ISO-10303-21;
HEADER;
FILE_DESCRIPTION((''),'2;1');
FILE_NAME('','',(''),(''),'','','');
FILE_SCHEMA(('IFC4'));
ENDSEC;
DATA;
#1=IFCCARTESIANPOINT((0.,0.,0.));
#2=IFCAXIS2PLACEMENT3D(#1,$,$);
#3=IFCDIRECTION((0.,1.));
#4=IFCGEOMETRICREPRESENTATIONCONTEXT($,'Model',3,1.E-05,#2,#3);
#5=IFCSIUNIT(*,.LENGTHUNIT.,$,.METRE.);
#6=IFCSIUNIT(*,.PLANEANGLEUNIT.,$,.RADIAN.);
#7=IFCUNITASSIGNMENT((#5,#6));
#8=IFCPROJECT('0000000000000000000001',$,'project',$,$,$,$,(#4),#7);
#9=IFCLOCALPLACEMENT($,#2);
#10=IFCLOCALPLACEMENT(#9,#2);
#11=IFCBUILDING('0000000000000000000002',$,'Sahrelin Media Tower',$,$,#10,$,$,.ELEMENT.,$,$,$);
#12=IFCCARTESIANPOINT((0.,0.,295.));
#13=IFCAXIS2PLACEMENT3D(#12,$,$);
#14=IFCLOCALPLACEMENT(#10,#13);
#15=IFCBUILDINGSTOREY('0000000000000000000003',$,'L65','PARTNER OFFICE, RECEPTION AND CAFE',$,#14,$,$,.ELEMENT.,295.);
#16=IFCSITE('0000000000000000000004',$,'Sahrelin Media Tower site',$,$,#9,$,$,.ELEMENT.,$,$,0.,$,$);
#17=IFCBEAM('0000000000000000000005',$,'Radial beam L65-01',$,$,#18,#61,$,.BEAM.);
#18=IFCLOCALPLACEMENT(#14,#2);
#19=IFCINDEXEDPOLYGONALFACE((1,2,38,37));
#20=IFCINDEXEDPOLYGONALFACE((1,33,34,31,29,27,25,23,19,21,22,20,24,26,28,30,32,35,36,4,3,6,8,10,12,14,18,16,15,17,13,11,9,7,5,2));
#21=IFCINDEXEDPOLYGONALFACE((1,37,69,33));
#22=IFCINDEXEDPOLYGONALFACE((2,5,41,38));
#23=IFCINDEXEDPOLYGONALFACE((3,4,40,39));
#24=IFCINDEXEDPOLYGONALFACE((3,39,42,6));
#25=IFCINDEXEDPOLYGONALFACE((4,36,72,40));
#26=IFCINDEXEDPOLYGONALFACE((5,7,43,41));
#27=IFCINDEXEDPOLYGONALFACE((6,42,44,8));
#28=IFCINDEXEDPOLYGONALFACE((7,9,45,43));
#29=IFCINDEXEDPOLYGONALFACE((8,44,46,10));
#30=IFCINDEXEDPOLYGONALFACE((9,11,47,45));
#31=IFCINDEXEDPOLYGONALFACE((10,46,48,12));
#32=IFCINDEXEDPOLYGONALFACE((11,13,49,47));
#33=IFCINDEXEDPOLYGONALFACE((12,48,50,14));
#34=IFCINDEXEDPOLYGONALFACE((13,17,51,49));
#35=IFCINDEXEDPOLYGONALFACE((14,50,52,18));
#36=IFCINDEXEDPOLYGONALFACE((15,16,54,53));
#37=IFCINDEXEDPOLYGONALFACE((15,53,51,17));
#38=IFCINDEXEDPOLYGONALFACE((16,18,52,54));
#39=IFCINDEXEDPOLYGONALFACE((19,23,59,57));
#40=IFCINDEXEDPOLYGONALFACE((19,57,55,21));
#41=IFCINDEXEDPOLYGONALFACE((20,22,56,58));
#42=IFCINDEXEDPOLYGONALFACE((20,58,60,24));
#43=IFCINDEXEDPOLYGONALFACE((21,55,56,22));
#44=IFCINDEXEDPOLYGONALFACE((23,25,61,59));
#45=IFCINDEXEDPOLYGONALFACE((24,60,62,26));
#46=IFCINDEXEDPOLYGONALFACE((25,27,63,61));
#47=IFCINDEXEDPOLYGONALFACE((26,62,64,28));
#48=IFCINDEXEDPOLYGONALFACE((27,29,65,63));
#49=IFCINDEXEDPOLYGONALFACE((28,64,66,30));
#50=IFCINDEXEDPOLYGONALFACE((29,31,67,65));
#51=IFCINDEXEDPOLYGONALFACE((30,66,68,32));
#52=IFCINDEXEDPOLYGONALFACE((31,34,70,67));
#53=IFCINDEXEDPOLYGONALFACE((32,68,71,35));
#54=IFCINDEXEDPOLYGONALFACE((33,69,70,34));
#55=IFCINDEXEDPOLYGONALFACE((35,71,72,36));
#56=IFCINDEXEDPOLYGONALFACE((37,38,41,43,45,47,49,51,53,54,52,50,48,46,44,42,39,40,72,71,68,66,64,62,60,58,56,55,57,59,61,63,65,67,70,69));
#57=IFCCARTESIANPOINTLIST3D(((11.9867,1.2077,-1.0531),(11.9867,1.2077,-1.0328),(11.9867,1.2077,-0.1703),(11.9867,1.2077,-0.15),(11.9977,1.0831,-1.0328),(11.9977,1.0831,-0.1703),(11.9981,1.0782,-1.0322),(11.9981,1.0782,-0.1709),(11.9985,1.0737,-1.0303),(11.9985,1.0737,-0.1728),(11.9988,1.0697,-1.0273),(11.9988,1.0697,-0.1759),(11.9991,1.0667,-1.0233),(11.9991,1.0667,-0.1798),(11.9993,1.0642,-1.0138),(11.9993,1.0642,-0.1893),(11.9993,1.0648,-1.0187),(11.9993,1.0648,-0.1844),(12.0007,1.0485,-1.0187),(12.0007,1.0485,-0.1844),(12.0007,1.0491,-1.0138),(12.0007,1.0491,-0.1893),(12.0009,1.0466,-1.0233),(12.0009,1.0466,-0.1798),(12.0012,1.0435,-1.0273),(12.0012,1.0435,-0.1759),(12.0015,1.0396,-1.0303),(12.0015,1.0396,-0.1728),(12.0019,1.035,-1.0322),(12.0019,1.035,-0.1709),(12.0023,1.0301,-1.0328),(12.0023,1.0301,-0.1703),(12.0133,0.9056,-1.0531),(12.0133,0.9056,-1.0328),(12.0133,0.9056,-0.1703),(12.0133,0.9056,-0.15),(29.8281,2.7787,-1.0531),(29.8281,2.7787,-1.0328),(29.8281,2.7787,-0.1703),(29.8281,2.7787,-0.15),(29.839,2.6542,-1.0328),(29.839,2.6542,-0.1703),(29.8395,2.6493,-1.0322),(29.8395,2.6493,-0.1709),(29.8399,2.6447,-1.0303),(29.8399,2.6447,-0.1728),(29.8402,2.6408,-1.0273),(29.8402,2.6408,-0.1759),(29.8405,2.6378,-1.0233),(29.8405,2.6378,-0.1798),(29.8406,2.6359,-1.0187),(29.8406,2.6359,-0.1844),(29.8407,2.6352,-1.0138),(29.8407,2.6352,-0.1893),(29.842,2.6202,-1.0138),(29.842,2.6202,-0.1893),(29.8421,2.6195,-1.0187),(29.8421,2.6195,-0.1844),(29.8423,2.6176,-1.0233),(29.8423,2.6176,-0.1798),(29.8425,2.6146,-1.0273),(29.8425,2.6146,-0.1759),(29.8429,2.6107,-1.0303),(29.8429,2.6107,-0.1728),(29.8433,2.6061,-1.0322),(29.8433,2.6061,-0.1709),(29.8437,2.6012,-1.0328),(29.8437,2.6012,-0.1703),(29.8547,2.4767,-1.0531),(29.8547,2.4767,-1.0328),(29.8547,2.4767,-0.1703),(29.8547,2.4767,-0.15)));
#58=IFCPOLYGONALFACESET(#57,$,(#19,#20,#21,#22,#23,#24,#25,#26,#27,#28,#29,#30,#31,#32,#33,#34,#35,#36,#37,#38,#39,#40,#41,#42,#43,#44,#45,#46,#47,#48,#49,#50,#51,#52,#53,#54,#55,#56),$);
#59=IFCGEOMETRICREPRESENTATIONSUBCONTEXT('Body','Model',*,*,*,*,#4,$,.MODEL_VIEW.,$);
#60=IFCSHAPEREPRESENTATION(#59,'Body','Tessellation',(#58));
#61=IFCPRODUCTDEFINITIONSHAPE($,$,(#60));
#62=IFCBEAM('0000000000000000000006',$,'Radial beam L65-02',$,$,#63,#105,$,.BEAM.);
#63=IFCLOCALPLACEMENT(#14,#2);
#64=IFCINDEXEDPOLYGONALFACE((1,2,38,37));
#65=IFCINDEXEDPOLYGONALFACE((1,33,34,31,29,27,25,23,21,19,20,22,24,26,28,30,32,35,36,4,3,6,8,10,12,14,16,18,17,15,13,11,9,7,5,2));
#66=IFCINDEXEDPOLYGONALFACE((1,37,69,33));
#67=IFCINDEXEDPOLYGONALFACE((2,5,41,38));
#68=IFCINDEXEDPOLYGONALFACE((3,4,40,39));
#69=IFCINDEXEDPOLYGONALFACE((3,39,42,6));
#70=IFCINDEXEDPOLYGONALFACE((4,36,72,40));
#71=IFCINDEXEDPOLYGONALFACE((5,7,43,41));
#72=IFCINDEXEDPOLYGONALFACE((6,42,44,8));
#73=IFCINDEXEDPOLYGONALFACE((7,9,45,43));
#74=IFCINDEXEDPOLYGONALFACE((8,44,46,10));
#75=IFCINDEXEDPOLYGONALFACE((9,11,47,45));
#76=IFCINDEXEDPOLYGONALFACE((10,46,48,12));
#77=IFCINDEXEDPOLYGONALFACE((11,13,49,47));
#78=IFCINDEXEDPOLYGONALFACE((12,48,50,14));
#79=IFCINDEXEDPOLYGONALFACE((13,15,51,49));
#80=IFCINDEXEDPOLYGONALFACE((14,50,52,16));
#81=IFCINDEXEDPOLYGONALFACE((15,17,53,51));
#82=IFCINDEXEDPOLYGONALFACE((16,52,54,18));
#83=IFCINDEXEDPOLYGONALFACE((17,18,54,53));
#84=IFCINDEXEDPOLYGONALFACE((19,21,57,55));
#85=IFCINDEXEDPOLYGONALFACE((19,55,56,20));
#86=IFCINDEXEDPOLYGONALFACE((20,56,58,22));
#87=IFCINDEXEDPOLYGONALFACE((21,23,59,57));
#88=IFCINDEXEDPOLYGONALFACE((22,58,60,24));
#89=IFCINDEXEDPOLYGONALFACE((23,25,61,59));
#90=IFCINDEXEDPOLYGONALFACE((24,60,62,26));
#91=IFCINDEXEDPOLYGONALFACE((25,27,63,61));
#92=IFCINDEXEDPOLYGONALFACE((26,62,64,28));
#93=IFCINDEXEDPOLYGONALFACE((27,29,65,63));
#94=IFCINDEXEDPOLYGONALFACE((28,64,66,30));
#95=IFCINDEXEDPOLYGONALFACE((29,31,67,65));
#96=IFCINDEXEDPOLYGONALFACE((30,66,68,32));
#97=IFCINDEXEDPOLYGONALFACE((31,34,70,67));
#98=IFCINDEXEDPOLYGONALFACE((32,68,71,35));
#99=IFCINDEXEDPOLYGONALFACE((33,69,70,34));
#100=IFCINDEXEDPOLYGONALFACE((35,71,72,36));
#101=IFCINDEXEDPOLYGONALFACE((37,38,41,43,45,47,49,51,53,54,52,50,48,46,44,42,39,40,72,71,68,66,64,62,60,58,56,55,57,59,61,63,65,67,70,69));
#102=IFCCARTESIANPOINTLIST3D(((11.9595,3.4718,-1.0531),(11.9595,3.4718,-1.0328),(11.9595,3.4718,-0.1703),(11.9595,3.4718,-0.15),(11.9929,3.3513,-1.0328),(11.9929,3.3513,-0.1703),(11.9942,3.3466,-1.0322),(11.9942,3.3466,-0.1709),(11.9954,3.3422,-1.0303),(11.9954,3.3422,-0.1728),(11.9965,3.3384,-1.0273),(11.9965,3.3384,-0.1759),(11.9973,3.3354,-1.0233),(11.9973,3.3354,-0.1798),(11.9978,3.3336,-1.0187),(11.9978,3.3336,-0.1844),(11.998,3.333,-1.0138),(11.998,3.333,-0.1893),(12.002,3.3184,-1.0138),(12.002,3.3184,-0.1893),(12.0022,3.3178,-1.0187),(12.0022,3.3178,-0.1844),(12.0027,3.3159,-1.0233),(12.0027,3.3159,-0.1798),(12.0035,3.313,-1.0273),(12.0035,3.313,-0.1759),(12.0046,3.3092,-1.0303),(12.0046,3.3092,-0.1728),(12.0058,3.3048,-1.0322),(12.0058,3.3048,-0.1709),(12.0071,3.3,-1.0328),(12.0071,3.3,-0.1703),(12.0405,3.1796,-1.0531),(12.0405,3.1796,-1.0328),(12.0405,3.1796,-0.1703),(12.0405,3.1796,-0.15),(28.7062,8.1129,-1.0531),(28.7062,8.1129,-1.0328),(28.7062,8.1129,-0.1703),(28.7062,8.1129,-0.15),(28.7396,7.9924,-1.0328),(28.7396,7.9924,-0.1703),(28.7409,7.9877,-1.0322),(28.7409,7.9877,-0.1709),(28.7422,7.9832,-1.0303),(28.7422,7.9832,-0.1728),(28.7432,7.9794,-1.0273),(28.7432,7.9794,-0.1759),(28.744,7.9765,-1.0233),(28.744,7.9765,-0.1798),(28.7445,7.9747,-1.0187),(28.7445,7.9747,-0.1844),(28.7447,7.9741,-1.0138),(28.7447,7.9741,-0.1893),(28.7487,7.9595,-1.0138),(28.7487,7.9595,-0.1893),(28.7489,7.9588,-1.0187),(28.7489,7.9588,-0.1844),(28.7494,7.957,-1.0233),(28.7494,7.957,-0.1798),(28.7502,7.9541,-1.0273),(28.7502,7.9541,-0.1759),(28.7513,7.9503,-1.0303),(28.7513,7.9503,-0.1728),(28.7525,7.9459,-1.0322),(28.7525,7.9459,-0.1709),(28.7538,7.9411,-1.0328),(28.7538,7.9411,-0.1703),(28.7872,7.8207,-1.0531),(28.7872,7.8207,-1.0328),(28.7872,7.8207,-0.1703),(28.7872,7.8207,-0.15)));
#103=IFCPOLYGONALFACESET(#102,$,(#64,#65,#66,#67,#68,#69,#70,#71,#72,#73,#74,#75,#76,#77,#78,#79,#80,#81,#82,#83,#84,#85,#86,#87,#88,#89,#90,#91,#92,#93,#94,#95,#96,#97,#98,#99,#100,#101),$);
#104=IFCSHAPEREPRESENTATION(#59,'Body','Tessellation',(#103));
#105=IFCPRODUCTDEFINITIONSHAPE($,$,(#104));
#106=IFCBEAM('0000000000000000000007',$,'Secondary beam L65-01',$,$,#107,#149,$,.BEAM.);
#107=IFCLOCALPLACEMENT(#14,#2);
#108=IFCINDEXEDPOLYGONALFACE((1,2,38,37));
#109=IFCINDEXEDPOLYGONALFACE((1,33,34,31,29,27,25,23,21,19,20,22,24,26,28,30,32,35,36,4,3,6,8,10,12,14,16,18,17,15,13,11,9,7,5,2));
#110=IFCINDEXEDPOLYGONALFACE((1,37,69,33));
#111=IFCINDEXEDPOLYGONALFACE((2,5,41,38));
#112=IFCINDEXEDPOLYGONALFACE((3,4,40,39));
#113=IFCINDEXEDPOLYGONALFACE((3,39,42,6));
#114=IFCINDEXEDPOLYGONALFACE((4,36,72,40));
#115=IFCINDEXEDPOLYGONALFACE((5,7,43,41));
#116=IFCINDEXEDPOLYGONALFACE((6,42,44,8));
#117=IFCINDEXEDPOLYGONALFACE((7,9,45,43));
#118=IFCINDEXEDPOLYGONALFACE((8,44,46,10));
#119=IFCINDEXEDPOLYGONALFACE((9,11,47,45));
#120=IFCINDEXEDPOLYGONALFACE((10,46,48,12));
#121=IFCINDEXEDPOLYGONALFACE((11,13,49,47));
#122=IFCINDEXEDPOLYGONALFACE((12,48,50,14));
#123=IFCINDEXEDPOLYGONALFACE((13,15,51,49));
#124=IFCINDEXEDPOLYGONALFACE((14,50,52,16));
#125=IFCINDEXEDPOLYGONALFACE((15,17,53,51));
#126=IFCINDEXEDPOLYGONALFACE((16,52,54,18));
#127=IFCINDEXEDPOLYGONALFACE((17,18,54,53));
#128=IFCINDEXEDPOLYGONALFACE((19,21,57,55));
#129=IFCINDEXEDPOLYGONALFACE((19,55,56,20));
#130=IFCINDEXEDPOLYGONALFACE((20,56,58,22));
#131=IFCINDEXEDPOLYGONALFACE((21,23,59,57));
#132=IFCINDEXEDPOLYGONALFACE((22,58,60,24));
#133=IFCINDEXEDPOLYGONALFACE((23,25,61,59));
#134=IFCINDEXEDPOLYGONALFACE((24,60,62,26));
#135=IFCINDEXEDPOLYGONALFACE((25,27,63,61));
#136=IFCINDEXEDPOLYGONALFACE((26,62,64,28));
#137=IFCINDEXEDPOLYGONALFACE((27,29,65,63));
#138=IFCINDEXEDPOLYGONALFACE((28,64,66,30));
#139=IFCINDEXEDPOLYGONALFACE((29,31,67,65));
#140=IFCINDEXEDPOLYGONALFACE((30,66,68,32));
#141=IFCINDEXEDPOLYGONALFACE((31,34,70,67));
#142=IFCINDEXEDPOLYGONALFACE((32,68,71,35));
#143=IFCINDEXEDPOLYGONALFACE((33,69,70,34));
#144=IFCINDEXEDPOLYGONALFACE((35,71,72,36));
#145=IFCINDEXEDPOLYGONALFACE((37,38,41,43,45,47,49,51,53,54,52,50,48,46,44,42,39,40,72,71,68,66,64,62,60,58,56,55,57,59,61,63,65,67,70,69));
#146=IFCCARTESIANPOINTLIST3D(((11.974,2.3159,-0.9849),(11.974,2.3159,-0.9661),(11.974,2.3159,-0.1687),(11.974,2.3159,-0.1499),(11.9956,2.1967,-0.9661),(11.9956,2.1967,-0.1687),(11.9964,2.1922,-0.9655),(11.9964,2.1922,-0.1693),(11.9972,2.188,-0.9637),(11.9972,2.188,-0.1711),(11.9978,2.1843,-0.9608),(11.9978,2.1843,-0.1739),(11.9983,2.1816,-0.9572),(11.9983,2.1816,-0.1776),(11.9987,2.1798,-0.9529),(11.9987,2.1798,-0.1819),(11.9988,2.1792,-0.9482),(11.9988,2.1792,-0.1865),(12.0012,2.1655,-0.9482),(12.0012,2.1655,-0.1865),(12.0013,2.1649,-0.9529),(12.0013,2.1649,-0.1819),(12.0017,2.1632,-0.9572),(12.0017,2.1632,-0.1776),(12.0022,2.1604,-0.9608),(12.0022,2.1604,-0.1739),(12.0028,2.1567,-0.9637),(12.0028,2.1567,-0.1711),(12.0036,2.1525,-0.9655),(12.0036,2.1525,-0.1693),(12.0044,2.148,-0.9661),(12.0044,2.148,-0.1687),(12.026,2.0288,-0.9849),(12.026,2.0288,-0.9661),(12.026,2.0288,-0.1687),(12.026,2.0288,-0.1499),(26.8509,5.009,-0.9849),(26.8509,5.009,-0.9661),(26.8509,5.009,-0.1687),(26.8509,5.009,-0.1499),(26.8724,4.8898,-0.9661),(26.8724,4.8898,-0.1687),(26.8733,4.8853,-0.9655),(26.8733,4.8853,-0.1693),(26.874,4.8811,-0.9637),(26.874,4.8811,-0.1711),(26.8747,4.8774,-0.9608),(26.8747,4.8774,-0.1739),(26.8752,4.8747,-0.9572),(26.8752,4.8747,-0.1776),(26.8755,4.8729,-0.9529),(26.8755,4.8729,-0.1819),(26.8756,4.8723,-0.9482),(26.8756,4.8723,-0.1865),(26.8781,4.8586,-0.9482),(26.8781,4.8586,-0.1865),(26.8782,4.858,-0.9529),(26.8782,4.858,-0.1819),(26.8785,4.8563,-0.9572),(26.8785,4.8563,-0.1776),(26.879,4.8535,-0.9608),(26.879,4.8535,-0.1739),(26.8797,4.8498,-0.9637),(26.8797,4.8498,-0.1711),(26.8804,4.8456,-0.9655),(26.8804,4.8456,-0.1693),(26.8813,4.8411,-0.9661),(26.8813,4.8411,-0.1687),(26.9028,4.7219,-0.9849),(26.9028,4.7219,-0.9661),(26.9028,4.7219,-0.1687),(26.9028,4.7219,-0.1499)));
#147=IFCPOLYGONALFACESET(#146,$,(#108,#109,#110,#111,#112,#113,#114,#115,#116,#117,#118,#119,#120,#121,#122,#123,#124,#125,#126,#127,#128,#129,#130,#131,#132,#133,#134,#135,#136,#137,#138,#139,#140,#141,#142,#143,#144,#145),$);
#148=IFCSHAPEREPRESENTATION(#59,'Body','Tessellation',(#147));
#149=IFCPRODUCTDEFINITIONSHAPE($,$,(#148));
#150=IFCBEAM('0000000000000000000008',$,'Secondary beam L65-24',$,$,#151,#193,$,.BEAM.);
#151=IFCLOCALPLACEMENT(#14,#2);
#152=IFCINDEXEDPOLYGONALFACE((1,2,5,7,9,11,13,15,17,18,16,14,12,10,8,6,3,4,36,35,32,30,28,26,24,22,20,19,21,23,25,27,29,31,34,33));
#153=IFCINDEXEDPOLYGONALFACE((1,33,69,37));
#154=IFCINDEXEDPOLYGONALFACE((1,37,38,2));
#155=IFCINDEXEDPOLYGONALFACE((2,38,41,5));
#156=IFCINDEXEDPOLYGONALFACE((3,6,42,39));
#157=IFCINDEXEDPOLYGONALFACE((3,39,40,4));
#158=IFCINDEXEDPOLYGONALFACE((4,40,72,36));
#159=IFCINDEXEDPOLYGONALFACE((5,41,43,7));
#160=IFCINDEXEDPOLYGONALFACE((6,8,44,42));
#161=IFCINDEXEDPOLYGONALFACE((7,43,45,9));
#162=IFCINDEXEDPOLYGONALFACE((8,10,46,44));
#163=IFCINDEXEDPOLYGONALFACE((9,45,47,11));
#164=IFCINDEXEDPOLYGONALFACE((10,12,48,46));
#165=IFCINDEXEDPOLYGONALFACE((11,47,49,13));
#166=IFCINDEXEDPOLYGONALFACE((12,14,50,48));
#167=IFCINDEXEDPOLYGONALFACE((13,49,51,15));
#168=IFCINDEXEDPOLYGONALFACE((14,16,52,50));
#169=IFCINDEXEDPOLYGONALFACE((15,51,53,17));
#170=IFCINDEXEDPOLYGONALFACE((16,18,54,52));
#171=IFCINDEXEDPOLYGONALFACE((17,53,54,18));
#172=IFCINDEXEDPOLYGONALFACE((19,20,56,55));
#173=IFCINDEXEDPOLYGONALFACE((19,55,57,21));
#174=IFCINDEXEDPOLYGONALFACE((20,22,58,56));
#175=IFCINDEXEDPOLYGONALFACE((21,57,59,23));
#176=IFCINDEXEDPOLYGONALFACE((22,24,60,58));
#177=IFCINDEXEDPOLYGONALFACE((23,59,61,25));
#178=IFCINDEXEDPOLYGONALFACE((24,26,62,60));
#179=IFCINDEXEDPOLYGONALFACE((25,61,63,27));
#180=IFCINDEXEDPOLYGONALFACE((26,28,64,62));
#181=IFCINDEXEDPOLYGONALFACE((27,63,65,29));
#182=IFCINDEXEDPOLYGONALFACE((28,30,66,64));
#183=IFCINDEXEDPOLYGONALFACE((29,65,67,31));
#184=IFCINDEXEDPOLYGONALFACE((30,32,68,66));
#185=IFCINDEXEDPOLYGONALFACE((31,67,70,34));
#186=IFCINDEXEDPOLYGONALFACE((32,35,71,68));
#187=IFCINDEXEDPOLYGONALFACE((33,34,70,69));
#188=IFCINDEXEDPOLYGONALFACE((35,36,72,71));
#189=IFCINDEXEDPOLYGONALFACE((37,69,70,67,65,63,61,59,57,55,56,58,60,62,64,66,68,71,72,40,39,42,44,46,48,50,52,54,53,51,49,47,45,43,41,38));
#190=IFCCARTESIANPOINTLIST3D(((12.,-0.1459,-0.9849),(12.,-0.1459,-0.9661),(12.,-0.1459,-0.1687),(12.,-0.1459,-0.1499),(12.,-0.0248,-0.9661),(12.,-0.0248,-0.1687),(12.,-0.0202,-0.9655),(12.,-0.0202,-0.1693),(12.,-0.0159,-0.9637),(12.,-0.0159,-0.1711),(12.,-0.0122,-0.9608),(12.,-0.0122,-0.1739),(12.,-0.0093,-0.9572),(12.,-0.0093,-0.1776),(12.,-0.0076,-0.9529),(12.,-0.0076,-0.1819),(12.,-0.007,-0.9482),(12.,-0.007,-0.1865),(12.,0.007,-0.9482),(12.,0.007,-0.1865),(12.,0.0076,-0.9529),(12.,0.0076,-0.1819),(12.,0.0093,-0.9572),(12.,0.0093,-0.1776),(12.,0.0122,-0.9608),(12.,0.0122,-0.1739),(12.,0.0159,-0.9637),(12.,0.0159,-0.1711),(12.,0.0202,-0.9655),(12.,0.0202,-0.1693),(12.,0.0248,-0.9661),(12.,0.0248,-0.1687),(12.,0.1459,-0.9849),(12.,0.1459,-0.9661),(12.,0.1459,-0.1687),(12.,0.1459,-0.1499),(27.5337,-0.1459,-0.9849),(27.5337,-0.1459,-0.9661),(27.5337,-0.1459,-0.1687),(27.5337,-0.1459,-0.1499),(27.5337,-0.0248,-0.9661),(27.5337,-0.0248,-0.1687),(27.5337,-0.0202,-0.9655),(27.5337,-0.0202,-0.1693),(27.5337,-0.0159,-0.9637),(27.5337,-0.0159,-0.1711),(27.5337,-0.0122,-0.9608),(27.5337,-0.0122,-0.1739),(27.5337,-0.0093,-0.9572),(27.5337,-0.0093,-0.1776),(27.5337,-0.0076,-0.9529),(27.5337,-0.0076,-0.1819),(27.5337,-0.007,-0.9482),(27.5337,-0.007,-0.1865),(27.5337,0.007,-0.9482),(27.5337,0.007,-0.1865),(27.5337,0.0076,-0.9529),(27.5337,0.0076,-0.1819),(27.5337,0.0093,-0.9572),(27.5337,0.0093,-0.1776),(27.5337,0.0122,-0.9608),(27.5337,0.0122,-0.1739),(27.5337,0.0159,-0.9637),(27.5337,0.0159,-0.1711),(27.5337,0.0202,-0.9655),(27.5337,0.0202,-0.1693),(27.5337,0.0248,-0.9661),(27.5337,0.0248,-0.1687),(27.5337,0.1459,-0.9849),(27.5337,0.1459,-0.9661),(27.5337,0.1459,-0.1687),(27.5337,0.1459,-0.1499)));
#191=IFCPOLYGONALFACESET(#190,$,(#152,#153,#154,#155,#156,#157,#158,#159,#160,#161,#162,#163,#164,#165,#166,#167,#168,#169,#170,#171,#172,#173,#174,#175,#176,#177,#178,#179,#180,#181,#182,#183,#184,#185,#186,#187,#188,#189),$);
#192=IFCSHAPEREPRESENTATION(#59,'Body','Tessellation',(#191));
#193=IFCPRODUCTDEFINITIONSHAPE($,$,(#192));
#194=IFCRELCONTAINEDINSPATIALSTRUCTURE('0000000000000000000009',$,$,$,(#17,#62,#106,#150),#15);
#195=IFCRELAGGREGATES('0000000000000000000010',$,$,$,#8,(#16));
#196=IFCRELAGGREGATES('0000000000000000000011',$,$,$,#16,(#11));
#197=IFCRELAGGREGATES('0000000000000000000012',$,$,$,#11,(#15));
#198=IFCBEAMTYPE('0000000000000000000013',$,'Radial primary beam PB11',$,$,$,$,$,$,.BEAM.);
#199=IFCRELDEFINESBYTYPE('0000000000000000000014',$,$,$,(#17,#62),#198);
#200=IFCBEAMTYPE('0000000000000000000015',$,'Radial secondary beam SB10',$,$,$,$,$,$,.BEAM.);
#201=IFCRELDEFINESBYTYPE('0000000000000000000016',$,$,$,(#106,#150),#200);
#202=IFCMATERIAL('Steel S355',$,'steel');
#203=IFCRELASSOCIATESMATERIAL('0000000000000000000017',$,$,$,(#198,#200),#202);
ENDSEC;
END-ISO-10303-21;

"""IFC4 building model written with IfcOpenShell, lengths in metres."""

from ifc_helpers import new_model, si_unit, direction, frame, origin, origin_2d, place, context, subcontext, project, spatial, i_section, extrude, material, material_profile, profile_set, type_object, element, save


model = new_model("IFC4")

# Units and contexts
model_context = context("Model", 3, precision=1e-05, world=origin(), true_north=direction((0.0, 1.0)))
body_context = subcontext(model_context, "Body", "Model", "MODEL_VIEW")
ifc_project = project(units=[si_unit("LENGTHUNIT", "METRE"), si_unit("PLANEANGLEUNIT", "RADIAN")], contexts=[model_context])

# Site, building, storey
site_placement = place(None, origin())
site = spatial("IfcSite", under=ifc_project, at=site_placement, Name="Sahrelin Media Tower site", CompositionType="ELEMENT", RefElevation=0.0)
building_placement = place(site_placement, origin())
building = spatial("IfcBuilding", under=site, at=building_placement, Name="Sahrelin Media Tower", CompositionType="ELEMENT")
storey_placement = place(building_placement, frame((0.0, 0.0, 295.0)))
storey = spatial("IfcBuildingStorey", under=building, at=storey_placement, Name="L65", Description="PARTNER OFFICE, RECEPTION AND CAFE", CompositionType="ELEMENT", Elevation=295.0)

# Beams
ifc_material_1 = material(Name="Steel S355", Category="steel")
ifc_material_profile_1 = material_profile(ifc_material_1, i_section(OverallWidth=0.3032, OverallDepth=0.9031, WebThickness=0.0151, FlangeThickness=0.0203, FilletRadius=0.019, at=origin_2d()), Name="UB 914x305x201")
ifc_profile_set_1 = profile_set([ifc_material_profile_1], Name="Steel S355")
beam_type_1 = type_object("IfcBeamType", Name="Radial primary beam PB11", PredefinedType="BEAM", material=ifc_profile_set_1)
beam_1_placement = place(storey_placement, frame((12.0, 1.0566, -0.6016), z_axis=(0.996145, 0.087717, 0.0), x_axis=(-0.087717, 0.996145, 0.0)))
element("IfcBeam", 1, at=beam_1_placement, inside=storey, type_object=beam_type_1, Name="Radial beam L65-01", PredefinedType="BEAM", context=body_context, shape_type="SweptSolid", body=[
    extrude(i_section(OverallWidth=0.3032, OverallDepth=0.9031, WebThickness=0.0151, FlangeThickness=0.0203, FilletRadius=0.019, at=origin_2d()), origin(), (0.0, 0.0, 1.0), 17.9104),
])
beam_2_placement = place(storey_placement, frame((12.0, 3.3257, -0.6016), z_axis=(0.963678, 0.267068, 0.0), x_axis=(-0.267068, 0.963678, 0.0)))
element("IfcBeam", 2, at=beam_2_placement, inside=storey, type_object=beam_type_1, Name="Radial beam L65-02", PredefinedType="BEAM", context=body_context, shape_type="SweptSolid", body=[
    extrude(i_section(OverallWidth=0.3032, OverallDepth=0.9031, WebThickness=0.0151, FlangeThickness=0.0203, FilletRadius=0.019, at=origin_2d()), origin(), (0.0, 0.0, 1.0), 17.3779),
])
ifc_material_profile_2 = material_profile(ifc_material_1, i_section(OverallWidth=0.2917, OverallDepth=0.835, WebThickness=0.0139, FlangeThickness=0.0188, FilletRadius=0.0178, at=origin_2d()), Name="UB 838x292x176")
ifc_profile_set_2 = profile_set([ifc_material_profile_2], Name="Steel S355")
beam_type_2 = type_object("IfcBeamType", Name="Radial secondary beam SB10", PredefinedType="BEAM", material=ifc_profile_set_2)
beam_3_placement = place(storey_placement, frame((12.0, 2.1724, -0.5674), z_axis=(0.984007, 0.178131, 0.0), x_axis=(-0.178131, 0.984007, 0.0)))
element("IfcBeam", 3, at=beam_3_placement, inside=storey, type_object=beam_type_2, Name="Secondary beam L65-01", PredefinedType="BEAM", context=body_context, shape_type="SweptSolid", body=[
    extrude(i_section(OverallWidth=0.2917, OverallDepth=0.835, WebThickness=0.0139, FlangeThickness=0.0188, FilletRadius=0.0178, at=origin_2d()), origin(), (0.0, 0.0, 1.0), 15.1187),
])
beam_4_placement = place(storey_placement, frame((12.0, 0.0, -0.5674), z_axis=(1.0, 0.0, 0.0), x_axis=(0.0, 1.0, 0.0)))
element("IfcBeam", 4, at=beam_4_placement, inside=storey, type_object=beam_type_2, Name="Secondary beam L65-24", PredefinedType="BEAM", context=body_context, shape_type="SweptSolid", body=[
    extrude(i_section(OverallWidth=0.2917, OverallDepth=0.835, WebThickness=0.0139, FlangeThickness=0.0188, FilletRadius=0.0178, at=origin_2d()), origin(), (0.0, 0.0, 1.0), 15.5337),
])

save(model, "model.ifc")
